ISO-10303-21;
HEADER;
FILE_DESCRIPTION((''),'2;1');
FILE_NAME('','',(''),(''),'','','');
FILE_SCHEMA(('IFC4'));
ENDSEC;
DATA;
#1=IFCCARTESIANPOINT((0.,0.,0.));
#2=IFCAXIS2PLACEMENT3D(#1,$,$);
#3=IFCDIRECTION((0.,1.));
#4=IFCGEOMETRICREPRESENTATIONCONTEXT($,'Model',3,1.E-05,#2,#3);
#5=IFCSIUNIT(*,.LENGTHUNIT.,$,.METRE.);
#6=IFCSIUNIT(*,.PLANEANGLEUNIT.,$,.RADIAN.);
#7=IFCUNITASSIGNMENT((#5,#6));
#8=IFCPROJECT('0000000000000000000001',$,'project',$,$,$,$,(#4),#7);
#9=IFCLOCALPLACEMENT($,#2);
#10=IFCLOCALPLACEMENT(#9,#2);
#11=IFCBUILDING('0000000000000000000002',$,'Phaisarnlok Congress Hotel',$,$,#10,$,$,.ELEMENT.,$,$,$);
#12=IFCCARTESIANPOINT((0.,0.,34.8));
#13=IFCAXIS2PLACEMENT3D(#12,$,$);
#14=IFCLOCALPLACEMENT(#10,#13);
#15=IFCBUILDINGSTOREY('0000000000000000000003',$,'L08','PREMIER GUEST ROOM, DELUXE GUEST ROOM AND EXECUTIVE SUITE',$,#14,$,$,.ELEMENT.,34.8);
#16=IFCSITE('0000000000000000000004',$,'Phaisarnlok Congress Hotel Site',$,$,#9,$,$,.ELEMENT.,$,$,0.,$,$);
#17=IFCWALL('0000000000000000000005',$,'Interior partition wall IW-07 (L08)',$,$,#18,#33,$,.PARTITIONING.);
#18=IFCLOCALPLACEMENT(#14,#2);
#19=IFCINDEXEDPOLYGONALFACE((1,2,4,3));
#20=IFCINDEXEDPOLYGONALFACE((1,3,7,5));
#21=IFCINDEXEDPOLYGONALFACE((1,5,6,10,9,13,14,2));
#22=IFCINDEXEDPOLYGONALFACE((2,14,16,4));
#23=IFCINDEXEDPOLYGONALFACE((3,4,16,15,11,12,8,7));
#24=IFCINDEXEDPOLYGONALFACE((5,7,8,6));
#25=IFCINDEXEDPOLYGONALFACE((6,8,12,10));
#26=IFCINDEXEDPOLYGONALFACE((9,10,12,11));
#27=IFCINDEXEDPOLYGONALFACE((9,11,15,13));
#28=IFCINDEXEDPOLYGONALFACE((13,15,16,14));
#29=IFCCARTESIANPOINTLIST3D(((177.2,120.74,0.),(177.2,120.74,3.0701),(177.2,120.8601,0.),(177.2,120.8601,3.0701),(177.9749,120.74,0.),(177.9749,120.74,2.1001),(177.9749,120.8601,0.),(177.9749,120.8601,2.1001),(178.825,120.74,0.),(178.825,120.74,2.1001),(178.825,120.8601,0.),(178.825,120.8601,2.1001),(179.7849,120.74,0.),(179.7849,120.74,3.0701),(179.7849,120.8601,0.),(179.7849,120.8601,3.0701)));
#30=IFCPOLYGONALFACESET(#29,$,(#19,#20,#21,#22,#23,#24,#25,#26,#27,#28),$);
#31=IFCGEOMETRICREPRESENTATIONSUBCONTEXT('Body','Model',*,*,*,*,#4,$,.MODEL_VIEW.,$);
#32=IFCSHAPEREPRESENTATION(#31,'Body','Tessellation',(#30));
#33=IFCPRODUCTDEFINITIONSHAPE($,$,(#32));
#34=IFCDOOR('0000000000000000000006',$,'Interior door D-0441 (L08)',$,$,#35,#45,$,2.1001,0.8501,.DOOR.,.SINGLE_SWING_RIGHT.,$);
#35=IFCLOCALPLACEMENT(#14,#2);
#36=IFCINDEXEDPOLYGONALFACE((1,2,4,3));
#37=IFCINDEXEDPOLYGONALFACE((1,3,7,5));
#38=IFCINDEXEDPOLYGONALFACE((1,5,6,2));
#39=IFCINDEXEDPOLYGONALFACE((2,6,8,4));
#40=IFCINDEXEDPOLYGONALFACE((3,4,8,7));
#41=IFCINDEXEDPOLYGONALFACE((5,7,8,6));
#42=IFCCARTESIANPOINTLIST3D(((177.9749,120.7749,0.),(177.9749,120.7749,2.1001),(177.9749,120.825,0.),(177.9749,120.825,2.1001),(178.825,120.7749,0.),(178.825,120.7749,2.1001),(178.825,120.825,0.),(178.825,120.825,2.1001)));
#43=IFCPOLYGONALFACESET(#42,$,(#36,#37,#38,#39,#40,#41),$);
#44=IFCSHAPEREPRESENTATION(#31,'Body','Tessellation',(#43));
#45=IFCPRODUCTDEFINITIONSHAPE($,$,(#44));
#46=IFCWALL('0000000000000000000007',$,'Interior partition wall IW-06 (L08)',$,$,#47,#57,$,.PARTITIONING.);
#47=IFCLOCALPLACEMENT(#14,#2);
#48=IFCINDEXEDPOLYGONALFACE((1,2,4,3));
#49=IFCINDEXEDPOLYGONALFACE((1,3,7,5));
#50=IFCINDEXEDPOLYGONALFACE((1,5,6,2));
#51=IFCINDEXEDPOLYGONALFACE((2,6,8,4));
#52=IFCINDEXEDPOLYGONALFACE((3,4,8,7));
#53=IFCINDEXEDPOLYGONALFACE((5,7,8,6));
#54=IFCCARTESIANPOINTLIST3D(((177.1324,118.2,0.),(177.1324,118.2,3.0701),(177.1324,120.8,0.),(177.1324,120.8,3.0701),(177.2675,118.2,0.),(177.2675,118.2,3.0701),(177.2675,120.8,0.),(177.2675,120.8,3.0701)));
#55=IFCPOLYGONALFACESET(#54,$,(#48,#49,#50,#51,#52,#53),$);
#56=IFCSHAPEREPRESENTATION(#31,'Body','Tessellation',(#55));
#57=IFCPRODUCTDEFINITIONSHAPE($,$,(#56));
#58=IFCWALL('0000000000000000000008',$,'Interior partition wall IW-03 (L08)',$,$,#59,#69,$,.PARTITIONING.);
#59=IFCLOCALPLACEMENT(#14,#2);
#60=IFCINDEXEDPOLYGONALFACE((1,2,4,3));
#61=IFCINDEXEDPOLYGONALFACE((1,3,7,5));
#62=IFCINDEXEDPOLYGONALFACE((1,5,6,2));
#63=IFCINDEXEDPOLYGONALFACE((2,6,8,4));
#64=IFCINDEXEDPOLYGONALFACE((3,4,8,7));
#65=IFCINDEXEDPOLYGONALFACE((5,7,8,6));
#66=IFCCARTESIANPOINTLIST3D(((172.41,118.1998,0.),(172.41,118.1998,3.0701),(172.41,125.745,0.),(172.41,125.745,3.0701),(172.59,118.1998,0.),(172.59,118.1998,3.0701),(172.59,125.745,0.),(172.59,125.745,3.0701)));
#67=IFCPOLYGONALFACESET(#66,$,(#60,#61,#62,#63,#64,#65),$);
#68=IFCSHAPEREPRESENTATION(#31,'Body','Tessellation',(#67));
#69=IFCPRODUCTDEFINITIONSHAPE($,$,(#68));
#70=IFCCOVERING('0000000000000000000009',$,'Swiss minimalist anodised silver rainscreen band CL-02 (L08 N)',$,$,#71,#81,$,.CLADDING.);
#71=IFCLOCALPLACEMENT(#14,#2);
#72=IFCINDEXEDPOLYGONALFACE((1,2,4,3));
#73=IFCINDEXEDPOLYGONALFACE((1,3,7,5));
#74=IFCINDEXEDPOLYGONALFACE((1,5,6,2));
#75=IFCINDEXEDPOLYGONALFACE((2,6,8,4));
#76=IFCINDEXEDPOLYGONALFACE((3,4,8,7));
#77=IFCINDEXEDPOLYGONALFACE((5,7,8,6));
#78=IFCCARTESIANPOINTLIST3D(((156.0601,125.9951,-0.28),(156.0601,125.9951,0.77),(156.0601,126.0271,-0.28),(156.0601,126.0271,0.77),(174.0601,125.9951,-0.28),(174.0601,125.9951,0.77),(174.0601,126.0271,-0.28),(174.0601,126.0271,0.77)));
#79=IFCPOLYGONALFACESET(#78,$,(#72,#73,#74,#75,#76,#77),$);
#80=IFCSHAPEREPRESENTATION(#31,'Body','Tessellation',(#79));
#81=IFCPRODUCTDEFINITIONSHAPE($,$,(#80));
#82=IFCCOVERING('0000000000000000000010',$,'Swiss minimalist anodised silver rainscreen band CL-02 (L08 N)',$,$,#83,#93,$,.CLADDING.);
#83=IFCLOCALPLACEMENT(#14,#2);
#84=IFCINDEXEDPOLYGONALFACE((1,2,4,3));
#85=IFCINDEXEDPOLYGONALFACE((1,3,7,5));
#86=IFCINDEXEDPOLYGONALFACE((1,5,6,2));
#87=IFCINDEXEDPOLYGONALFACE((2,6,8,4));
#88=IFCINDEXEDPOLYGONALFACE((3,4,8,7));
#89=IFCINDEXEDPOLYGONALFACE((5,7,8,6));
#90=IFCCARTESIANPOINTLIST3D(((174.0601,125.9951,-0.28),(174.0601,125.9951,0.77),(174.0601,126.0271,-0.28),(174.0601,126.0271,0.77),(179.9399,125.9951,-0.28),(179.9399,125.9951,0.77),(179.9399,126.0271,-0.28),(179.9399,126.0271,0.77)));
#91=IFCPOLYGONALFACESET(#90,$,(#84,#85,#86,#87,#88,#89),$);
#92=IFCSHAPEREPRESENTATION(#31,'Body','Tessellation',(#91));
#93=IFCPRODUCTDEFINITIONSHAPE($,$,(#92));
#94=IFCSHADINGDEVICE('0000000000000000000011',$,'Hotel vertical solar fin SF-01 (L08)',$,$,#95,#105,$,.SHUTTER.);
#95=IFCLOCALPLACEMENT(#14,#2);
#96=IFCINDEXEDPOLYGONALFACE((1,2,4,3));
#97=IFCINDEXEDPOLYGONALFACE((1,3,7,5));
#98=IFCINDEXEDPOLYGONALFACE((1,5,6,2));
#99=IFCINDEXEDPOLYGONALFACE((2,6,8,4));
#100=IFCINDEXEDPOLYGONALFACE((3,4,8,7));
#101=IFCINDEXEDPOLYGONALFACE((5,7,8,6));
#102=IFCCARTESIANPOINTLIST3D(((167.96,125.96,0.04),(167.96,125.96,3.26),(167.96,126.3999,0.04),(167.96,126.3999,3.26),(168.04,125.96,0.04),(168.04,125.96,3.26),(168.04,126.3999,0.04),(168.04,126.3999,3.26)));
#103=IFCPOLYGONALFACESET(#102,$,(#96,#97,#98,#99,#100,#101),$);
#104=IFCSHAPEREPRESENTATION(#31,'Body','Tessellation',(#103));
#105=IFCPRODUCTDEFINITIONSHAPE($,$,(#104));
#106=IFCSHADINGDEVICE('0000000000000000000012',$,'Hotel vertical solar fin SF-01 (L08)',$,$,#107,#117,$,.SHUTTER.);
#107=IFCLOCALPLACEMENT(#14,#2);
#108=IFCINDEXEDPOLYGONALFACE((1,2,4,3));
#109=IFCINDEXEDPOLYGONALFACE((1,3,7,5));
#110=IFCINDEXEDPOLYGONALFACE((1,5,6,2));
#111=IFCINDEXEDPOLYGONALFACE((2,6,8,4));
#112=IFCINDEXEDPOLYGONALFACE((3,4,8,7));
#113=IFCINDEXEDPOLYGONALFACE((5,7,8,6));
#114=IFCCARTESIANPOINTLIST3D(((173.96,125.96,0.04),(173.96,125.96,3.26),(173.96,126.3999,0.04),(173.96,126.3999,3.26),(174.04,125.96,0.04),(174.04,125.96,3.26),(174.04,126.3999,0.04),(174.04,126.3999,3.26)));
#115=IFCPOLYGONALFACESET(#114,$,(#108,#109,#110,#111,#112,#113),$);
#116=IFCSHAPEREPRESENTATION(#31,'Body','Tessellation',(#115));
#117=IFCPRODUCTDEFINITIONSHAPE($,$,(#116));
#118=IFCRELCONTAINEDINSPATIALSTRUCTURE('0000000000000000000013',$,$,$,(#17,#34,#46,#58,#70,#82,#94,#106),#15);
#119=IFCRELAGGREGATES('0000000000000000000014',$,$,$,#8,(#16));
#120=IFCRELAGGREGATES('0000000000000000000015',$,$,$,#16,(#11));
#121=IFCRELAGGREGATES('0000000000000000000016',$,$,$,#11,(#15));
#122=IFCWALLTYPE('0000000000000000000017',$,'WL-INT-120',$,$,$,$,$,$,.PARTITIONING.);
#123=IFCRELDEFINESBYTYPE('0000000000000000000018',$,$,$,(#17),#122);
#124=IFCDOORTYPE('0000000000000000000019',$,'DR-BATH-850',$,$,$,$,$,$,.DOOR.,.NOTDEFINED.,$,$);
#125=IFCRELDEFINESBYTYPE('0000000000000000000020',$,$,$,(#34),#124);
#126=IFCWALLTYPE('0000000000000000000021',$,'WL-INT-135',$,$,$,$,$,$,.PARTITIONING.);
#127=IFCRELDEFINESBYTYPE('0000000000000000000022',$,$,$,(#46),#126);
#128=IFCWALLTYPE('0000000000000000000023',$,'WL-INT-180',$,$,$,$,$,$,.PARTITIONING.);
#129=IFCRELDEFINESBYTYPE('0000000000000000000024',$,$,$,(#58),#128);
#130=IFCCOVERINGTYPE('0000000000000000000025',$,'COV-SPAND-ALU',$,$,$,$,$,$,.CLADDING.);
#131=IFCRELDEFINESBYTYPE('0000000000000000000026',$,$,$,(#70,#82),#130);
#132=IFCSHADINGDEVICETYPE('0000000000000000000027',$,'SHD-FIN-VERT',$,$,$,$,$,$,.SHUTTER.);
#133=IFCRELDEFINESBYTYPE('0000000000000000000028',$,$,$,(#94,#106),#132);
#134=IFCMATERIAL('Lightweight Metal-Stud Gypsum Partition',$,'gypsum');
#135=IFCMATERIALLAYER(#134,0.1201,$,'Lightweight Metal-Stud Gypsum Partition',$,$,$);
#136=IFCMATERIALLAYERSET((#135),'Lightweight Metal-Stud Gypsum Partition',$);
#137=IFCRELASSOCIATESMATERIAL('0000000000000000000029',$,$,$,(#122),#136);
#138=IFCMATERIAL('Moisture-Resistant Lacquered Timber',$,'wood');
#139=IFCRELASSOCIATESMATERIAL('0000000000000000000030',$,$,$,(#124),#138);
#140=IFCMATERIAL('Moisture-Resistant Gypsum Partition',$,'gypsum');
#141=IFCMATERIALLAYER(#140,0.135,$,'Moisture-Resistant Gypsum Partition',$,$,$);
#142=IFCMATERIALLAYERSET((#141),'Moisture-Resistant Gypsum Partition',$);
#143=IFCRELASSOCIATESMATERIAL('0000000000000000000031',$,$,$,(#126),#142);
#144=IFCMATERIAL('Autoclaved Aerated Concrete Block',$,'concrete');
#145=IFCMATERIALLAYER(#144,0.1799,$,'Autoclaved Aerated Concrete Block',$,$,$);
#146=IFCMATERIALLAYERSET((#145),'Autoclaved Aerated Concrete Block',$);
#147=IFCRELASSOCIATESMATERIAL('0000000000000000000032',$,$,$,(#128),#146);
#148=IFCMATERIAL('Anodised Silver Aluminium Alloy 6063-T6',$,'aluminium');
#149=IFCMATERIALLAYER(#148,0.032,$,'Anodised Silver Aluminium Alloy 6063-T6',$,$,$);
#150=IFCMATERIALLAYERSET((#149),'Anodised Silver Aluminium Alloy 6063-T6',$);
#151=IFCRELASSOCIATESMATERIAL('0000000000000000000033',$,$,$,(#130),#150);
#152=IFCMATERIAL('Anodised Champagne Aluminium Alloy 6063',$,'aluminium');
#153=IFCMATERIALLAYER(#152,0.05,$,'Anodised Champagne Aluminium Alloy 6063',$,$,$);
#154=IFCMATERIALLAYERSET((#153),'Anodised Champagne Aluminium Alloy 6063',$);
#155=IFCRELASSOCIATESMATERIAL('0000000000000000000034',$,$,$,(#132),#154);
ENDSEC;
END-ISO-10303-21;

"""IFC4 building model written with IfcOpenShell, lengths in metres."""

from ifc_helpers import new_model, si_unit, direction, frame, frame_2d, origin, origin_2d, place, context, subcontext, project, spatial, polyline, rectangle, outline, extrude, material, layer, layer_set, type_object, element, fill, save


model = new_model("IFC4")

# Units and contexts
model_context = context("Model", 3, precision=1e-05, world=origin(), true_north=direction((0.0, 1.0)))
body_context = subcontext(model_context, "Body", "Model", "MODEL_VIEW")
ifc_project = project(units=[si_unit("LENGTHUNIT", "METRE"), si_unit("PLANEANGLEUNIT", "RADIAN")], contexts=[model_context])

# Site, building, storey
site_placement = place(None, origin())
site = spatial("IfcSite", under=ifc_project, at=site_placement, Name="Phaisarnlok Congress Hotel Site", CompositionType="ELEMENT", RefElevation=0.0)
building_placement = place(site_placement, origin())
building = spatial("IfcBuilding", under=site, at=building_placement, Name="Phaisarnlok Congress Hotel", CompositionType="ELEMENT")
storey_placement = place(building_placement, frame((0.0, 0.0, 34.8)))
storey = spatial("IfcBuildingStorey", under=building, at=storey_placement, Name="L08", Description="PREMIER GUEST ROOM, DELUXE GUEST ROOM AND EXECUTIVE SUITE", CompositionType="ELEMENT", Elevation=34.8)

# Wall, opening, door
ifc_material_1 = material(Name="Lightweight Metal-Stud Gypsum Partition", Category="gypsum")
ifc_layer_1 = layer(ifc_material_1, 0.1201, Name="Lightweight Metal-Stud Gypsum Partition")
ifc_layer_set_1 = layer_set([ifc_layer_1], Name="Lightweight Metal-Stud Gypsum Partition")
wall_type_1 = type_object("IfcWallType", Name="WL-INT-120", PredefinedType="PARTITIONING", material=ifc_layer_set_1)
wall_1_placement = place(storey_placement, frame((177.2, 120.8, 0.0), z_axis=(0.0, 0.0, 1.0), x_axis=(1.0, 0.0, 0.0)))
wall_1 = element("IfcWall", 1, at=wall_1_placement, inside=storey, type_object=wall_type_1, Name="Interior partition wall IW-07 (L08)", PredefinedType="PARTITIONING", context=body_context, shape_type="SweptSolid", body=[
    extrude(rectangle(XDim=2.585, YDim=0.1201, at=frame_2d((1.2925, 0.0))), origin(), (0.0, 0.0, 1.0), 3.0701),
])
opening_1_placement = place(wall_1_placement, frame((0.7749, 0.0, 0.0)))
opening_1 = element("IfcOpeningElement", 2, at=opening_1_placement, cuts=wall_1, PredefinedType="OPENING", context=body_context, shape_type="SweptSolid", body=[
    extrude(rectangle(XDim=0.8501, YDim=2.1001, at=frame_2d((0.425, 1.05))), frame((0.0, 0.0701, 0.0), z_axis=(0.0, -1.0, 0.0), x_axis=(1.0, 0.0, 0.0)), (0.0, 0.0, 1.0), 0.1401),
])
ifc_material_2 = material(Name="Moisture-Resistant Lacquered Timber", Category="wood")
door_type = type_object("IfcDoorType", Name="DR-BATH-850", OperationType="NOTDEFINED", PredefinedType="DOOR", material=ifc_material_2)
door_placement = place(opening_1_placement, origin())
door = element("IfcDoor", 3, at=door_placement, inside=storey, type_object=door_type, Name="Interior door D-0441 (L08)", OperationType="SINGLE_SWING_RIGHT", OverallHeight=2.1001, OverallWidth=0.8501, PredefinedType="DOOR", context=body_context, shape_type="SweptSolid", body=[
    extrude(rectangle(XDim=0.8501, YDim=2.1001, at=frame_2d((0.425, 1.05))), frame((0.0, 0.0249, 0.0), z_axis=(0.0, -1.0, 0.0), x_axis=(1.0, 0.0, 0.0)), (0.0, 0.0, 1.0), 0.05),
])
fill(opening_1, door)

# Walls
ifc_material_3 = material(Name="Moisture-Resistant Gypsum Partition", Category="gypsum")
ifc_layer_2 = layer(ifc_material_3, 0.135, Name="Moisture-Resistant Gypsum Partition")
ifc_layer_set_2 = layer_set([ifc_layer_2], Name="Moisture-Resistant Gypsum Partition")
wall_type_2 = type_object("IfcWallType", Name="WL-INT-135", PredefinedType="PARTITIONING", material=ifc_layer_set_2)
wall_2_placement = place(storey_placement, frame((177.2, 118.2, 0.0), z_axis=(0.0, 0.0, 1.0), x_axis=(0.0, 1.0, 0.0)))
element("IfcWall", 4, at=wall_2_placement, inside=storey, type_object=wall_type_2, Name="Interior partition wall IW-06 (L08)", PredefinedType="PARTITIONING", context=body_context, shape_type="SweptSolid", body=[
    extrude(rectangle(XDim=2.6001, YDim=0.135, at=frame_2d((1.3, 0.0))), origin(), (0.0, 0.0, 1.0), 3.0701),
])
ifc_material_4 = material(Name="Autoclaved Aerated Concrete Block", Category="concrete")
ifc_layer_3 = layer(ifc_material_4, 0.1799, Name="Autoclaved Aerated Concrete Block")
ifc_layer_set_3 = layer_set([ifc_layer_3], Name="Autoclaved Aerated Concrete Block")
wall_type_3 = type_object("IfcWallType", Name="WL-INT-180", PredefinedType="PARTITIONING", material=ifc_layer_set_3)
wall_3_placement = place(storey_placement, frame((172.5, 118.2, 0.0), z_axis=(0.0, 0.0, 1.0), x_axis=(0.0, 1.0, 0.0)))
element("IfcWall", 5, at=wall_3_placement, inside=storey, type_object=wall_type_3, Name="Interior partition wall IW-03 (L08)", PredefinedType="PARTITIONING", context=body_context, shape_type="SweptSolid", body=[
    extrude(rectangle(XDim=7.5452, YDim=0.1799, at=frame_2d((3.7725, 0.0))), origin(), (0.0, 0.0, 1.0), 3.0701),
])

# Coverings
ifc_material_5 = material(Name="Anodised Silver Aluminium Alloy 6063-T6", Category="aluminium")
ifc_layer_4 = layer(ifc_material_5, 0.032, Name="Anodised Silver Aluminium Alloy 6063-T6")
ifc_layer_set_4 = layer_set([ifc_layer_4], Name="Anodised Silver Aluminium Alloy 6063-T6")
covering_type = type_object("IfcCoveringType", Name="COV-SPAND-ALU", PredefinedType="CLADDING", material=ifc_layer_set_4)
covering_1_placement = place(storey_placement, frame((174.0601, 125.9951, -0.28), z_axis=(0.0, 1.0, 0.0), x_axis=(-1.0, 0.0, 0.0)))
element("IfcCovering", 6, at=covering_1_placement, inside=storey, type_object=covering_type, Name="Swiss minimalist anodised silver rainscreen band CL-02 (L08 N)", PredefinedType="CLADDING", context=body_context, shape_type="SweptSolid", body=[
    extrude(outline(polyline([(0.0, 0.0), (18.0, 0.0), (18.0, 1.05), (0.0, 1.05), (0.0, 0.0)])), origin(), (0.0, 0.0, 1.0), 0.032),
])
covering_2_placement = place(storey_placement, frame((179.9399, 125.9951, -0.28), z_axis=(0.0, 1.0, 0.0), x_axis=(-1.0, 0.0, 0.0)))
element("IfcCovering", 7, at=covering_2_placement, inside=storey, type_object=covering_type, Name="Swiss minimalist anodised silver rainscreen band CL-02 (L08 N)", PredefinedType="CLADDING", context=body_context, shape_type="SweptSolid", body=[
    extrude(outline(polyline([(0.0, 0.0), (5.8799, 0.0), (5.8799, 1.05), (0.0, 1.05), (0.0, 0.0)])), origin(), (0.0, 0.0, 1.0), 0.032),
])

# Shading devices
ifc_material_6 = material(Name="Anodised Champagne Aluminium Alloy 6063", Category="aluminium")
ifc_layer_5 = layer(ifc_material_6, 0.05, Name="Anodised Champagne Aluminium Alloy 6063")
ifc_layer_set_5 = layer_set([ifc_layer_5], Name="Anodised Champagne Aluminium Alloy 6063")
shading_device_type = type_object("IfcShadingDeviceType", Name="SHD-FIN-VERT", PredefinedType="SHUTTER", material=ifc_layer_set_5)
for number, where, z_axis, x_axis, name in (
    (8, (168.0, 126.1799, 0.04), (0.0, 0.0, 1.0), (1.0, 0.0, 0.0), "Hotel vertical solar fin SF-01 (L08)"),
    (9, (174.0, 126.1799, 0.04), (0.0, 0.0, 1.0), (1.0, 0.0, 0.0), "Hotel vertical solar fin SF-01 (L08)"),
):
    element("IfcShadingDevice", number, at=place(storey_placement, frame(where, z_axis=z_axis, x_axis=x_axis)), inside=storey, type_object=shading_device_type, Name=name, PredefinedType="SHUTTER", context=body_context, shape_type="SweptSolid", body=[
        extrude(rectangle(XDim=0.0801, YDim=0.4399, at=origin_2d()), origin(), (0.0, 0.0, 1.0), 3.22),
    ])

save(model, "model.ifc")
